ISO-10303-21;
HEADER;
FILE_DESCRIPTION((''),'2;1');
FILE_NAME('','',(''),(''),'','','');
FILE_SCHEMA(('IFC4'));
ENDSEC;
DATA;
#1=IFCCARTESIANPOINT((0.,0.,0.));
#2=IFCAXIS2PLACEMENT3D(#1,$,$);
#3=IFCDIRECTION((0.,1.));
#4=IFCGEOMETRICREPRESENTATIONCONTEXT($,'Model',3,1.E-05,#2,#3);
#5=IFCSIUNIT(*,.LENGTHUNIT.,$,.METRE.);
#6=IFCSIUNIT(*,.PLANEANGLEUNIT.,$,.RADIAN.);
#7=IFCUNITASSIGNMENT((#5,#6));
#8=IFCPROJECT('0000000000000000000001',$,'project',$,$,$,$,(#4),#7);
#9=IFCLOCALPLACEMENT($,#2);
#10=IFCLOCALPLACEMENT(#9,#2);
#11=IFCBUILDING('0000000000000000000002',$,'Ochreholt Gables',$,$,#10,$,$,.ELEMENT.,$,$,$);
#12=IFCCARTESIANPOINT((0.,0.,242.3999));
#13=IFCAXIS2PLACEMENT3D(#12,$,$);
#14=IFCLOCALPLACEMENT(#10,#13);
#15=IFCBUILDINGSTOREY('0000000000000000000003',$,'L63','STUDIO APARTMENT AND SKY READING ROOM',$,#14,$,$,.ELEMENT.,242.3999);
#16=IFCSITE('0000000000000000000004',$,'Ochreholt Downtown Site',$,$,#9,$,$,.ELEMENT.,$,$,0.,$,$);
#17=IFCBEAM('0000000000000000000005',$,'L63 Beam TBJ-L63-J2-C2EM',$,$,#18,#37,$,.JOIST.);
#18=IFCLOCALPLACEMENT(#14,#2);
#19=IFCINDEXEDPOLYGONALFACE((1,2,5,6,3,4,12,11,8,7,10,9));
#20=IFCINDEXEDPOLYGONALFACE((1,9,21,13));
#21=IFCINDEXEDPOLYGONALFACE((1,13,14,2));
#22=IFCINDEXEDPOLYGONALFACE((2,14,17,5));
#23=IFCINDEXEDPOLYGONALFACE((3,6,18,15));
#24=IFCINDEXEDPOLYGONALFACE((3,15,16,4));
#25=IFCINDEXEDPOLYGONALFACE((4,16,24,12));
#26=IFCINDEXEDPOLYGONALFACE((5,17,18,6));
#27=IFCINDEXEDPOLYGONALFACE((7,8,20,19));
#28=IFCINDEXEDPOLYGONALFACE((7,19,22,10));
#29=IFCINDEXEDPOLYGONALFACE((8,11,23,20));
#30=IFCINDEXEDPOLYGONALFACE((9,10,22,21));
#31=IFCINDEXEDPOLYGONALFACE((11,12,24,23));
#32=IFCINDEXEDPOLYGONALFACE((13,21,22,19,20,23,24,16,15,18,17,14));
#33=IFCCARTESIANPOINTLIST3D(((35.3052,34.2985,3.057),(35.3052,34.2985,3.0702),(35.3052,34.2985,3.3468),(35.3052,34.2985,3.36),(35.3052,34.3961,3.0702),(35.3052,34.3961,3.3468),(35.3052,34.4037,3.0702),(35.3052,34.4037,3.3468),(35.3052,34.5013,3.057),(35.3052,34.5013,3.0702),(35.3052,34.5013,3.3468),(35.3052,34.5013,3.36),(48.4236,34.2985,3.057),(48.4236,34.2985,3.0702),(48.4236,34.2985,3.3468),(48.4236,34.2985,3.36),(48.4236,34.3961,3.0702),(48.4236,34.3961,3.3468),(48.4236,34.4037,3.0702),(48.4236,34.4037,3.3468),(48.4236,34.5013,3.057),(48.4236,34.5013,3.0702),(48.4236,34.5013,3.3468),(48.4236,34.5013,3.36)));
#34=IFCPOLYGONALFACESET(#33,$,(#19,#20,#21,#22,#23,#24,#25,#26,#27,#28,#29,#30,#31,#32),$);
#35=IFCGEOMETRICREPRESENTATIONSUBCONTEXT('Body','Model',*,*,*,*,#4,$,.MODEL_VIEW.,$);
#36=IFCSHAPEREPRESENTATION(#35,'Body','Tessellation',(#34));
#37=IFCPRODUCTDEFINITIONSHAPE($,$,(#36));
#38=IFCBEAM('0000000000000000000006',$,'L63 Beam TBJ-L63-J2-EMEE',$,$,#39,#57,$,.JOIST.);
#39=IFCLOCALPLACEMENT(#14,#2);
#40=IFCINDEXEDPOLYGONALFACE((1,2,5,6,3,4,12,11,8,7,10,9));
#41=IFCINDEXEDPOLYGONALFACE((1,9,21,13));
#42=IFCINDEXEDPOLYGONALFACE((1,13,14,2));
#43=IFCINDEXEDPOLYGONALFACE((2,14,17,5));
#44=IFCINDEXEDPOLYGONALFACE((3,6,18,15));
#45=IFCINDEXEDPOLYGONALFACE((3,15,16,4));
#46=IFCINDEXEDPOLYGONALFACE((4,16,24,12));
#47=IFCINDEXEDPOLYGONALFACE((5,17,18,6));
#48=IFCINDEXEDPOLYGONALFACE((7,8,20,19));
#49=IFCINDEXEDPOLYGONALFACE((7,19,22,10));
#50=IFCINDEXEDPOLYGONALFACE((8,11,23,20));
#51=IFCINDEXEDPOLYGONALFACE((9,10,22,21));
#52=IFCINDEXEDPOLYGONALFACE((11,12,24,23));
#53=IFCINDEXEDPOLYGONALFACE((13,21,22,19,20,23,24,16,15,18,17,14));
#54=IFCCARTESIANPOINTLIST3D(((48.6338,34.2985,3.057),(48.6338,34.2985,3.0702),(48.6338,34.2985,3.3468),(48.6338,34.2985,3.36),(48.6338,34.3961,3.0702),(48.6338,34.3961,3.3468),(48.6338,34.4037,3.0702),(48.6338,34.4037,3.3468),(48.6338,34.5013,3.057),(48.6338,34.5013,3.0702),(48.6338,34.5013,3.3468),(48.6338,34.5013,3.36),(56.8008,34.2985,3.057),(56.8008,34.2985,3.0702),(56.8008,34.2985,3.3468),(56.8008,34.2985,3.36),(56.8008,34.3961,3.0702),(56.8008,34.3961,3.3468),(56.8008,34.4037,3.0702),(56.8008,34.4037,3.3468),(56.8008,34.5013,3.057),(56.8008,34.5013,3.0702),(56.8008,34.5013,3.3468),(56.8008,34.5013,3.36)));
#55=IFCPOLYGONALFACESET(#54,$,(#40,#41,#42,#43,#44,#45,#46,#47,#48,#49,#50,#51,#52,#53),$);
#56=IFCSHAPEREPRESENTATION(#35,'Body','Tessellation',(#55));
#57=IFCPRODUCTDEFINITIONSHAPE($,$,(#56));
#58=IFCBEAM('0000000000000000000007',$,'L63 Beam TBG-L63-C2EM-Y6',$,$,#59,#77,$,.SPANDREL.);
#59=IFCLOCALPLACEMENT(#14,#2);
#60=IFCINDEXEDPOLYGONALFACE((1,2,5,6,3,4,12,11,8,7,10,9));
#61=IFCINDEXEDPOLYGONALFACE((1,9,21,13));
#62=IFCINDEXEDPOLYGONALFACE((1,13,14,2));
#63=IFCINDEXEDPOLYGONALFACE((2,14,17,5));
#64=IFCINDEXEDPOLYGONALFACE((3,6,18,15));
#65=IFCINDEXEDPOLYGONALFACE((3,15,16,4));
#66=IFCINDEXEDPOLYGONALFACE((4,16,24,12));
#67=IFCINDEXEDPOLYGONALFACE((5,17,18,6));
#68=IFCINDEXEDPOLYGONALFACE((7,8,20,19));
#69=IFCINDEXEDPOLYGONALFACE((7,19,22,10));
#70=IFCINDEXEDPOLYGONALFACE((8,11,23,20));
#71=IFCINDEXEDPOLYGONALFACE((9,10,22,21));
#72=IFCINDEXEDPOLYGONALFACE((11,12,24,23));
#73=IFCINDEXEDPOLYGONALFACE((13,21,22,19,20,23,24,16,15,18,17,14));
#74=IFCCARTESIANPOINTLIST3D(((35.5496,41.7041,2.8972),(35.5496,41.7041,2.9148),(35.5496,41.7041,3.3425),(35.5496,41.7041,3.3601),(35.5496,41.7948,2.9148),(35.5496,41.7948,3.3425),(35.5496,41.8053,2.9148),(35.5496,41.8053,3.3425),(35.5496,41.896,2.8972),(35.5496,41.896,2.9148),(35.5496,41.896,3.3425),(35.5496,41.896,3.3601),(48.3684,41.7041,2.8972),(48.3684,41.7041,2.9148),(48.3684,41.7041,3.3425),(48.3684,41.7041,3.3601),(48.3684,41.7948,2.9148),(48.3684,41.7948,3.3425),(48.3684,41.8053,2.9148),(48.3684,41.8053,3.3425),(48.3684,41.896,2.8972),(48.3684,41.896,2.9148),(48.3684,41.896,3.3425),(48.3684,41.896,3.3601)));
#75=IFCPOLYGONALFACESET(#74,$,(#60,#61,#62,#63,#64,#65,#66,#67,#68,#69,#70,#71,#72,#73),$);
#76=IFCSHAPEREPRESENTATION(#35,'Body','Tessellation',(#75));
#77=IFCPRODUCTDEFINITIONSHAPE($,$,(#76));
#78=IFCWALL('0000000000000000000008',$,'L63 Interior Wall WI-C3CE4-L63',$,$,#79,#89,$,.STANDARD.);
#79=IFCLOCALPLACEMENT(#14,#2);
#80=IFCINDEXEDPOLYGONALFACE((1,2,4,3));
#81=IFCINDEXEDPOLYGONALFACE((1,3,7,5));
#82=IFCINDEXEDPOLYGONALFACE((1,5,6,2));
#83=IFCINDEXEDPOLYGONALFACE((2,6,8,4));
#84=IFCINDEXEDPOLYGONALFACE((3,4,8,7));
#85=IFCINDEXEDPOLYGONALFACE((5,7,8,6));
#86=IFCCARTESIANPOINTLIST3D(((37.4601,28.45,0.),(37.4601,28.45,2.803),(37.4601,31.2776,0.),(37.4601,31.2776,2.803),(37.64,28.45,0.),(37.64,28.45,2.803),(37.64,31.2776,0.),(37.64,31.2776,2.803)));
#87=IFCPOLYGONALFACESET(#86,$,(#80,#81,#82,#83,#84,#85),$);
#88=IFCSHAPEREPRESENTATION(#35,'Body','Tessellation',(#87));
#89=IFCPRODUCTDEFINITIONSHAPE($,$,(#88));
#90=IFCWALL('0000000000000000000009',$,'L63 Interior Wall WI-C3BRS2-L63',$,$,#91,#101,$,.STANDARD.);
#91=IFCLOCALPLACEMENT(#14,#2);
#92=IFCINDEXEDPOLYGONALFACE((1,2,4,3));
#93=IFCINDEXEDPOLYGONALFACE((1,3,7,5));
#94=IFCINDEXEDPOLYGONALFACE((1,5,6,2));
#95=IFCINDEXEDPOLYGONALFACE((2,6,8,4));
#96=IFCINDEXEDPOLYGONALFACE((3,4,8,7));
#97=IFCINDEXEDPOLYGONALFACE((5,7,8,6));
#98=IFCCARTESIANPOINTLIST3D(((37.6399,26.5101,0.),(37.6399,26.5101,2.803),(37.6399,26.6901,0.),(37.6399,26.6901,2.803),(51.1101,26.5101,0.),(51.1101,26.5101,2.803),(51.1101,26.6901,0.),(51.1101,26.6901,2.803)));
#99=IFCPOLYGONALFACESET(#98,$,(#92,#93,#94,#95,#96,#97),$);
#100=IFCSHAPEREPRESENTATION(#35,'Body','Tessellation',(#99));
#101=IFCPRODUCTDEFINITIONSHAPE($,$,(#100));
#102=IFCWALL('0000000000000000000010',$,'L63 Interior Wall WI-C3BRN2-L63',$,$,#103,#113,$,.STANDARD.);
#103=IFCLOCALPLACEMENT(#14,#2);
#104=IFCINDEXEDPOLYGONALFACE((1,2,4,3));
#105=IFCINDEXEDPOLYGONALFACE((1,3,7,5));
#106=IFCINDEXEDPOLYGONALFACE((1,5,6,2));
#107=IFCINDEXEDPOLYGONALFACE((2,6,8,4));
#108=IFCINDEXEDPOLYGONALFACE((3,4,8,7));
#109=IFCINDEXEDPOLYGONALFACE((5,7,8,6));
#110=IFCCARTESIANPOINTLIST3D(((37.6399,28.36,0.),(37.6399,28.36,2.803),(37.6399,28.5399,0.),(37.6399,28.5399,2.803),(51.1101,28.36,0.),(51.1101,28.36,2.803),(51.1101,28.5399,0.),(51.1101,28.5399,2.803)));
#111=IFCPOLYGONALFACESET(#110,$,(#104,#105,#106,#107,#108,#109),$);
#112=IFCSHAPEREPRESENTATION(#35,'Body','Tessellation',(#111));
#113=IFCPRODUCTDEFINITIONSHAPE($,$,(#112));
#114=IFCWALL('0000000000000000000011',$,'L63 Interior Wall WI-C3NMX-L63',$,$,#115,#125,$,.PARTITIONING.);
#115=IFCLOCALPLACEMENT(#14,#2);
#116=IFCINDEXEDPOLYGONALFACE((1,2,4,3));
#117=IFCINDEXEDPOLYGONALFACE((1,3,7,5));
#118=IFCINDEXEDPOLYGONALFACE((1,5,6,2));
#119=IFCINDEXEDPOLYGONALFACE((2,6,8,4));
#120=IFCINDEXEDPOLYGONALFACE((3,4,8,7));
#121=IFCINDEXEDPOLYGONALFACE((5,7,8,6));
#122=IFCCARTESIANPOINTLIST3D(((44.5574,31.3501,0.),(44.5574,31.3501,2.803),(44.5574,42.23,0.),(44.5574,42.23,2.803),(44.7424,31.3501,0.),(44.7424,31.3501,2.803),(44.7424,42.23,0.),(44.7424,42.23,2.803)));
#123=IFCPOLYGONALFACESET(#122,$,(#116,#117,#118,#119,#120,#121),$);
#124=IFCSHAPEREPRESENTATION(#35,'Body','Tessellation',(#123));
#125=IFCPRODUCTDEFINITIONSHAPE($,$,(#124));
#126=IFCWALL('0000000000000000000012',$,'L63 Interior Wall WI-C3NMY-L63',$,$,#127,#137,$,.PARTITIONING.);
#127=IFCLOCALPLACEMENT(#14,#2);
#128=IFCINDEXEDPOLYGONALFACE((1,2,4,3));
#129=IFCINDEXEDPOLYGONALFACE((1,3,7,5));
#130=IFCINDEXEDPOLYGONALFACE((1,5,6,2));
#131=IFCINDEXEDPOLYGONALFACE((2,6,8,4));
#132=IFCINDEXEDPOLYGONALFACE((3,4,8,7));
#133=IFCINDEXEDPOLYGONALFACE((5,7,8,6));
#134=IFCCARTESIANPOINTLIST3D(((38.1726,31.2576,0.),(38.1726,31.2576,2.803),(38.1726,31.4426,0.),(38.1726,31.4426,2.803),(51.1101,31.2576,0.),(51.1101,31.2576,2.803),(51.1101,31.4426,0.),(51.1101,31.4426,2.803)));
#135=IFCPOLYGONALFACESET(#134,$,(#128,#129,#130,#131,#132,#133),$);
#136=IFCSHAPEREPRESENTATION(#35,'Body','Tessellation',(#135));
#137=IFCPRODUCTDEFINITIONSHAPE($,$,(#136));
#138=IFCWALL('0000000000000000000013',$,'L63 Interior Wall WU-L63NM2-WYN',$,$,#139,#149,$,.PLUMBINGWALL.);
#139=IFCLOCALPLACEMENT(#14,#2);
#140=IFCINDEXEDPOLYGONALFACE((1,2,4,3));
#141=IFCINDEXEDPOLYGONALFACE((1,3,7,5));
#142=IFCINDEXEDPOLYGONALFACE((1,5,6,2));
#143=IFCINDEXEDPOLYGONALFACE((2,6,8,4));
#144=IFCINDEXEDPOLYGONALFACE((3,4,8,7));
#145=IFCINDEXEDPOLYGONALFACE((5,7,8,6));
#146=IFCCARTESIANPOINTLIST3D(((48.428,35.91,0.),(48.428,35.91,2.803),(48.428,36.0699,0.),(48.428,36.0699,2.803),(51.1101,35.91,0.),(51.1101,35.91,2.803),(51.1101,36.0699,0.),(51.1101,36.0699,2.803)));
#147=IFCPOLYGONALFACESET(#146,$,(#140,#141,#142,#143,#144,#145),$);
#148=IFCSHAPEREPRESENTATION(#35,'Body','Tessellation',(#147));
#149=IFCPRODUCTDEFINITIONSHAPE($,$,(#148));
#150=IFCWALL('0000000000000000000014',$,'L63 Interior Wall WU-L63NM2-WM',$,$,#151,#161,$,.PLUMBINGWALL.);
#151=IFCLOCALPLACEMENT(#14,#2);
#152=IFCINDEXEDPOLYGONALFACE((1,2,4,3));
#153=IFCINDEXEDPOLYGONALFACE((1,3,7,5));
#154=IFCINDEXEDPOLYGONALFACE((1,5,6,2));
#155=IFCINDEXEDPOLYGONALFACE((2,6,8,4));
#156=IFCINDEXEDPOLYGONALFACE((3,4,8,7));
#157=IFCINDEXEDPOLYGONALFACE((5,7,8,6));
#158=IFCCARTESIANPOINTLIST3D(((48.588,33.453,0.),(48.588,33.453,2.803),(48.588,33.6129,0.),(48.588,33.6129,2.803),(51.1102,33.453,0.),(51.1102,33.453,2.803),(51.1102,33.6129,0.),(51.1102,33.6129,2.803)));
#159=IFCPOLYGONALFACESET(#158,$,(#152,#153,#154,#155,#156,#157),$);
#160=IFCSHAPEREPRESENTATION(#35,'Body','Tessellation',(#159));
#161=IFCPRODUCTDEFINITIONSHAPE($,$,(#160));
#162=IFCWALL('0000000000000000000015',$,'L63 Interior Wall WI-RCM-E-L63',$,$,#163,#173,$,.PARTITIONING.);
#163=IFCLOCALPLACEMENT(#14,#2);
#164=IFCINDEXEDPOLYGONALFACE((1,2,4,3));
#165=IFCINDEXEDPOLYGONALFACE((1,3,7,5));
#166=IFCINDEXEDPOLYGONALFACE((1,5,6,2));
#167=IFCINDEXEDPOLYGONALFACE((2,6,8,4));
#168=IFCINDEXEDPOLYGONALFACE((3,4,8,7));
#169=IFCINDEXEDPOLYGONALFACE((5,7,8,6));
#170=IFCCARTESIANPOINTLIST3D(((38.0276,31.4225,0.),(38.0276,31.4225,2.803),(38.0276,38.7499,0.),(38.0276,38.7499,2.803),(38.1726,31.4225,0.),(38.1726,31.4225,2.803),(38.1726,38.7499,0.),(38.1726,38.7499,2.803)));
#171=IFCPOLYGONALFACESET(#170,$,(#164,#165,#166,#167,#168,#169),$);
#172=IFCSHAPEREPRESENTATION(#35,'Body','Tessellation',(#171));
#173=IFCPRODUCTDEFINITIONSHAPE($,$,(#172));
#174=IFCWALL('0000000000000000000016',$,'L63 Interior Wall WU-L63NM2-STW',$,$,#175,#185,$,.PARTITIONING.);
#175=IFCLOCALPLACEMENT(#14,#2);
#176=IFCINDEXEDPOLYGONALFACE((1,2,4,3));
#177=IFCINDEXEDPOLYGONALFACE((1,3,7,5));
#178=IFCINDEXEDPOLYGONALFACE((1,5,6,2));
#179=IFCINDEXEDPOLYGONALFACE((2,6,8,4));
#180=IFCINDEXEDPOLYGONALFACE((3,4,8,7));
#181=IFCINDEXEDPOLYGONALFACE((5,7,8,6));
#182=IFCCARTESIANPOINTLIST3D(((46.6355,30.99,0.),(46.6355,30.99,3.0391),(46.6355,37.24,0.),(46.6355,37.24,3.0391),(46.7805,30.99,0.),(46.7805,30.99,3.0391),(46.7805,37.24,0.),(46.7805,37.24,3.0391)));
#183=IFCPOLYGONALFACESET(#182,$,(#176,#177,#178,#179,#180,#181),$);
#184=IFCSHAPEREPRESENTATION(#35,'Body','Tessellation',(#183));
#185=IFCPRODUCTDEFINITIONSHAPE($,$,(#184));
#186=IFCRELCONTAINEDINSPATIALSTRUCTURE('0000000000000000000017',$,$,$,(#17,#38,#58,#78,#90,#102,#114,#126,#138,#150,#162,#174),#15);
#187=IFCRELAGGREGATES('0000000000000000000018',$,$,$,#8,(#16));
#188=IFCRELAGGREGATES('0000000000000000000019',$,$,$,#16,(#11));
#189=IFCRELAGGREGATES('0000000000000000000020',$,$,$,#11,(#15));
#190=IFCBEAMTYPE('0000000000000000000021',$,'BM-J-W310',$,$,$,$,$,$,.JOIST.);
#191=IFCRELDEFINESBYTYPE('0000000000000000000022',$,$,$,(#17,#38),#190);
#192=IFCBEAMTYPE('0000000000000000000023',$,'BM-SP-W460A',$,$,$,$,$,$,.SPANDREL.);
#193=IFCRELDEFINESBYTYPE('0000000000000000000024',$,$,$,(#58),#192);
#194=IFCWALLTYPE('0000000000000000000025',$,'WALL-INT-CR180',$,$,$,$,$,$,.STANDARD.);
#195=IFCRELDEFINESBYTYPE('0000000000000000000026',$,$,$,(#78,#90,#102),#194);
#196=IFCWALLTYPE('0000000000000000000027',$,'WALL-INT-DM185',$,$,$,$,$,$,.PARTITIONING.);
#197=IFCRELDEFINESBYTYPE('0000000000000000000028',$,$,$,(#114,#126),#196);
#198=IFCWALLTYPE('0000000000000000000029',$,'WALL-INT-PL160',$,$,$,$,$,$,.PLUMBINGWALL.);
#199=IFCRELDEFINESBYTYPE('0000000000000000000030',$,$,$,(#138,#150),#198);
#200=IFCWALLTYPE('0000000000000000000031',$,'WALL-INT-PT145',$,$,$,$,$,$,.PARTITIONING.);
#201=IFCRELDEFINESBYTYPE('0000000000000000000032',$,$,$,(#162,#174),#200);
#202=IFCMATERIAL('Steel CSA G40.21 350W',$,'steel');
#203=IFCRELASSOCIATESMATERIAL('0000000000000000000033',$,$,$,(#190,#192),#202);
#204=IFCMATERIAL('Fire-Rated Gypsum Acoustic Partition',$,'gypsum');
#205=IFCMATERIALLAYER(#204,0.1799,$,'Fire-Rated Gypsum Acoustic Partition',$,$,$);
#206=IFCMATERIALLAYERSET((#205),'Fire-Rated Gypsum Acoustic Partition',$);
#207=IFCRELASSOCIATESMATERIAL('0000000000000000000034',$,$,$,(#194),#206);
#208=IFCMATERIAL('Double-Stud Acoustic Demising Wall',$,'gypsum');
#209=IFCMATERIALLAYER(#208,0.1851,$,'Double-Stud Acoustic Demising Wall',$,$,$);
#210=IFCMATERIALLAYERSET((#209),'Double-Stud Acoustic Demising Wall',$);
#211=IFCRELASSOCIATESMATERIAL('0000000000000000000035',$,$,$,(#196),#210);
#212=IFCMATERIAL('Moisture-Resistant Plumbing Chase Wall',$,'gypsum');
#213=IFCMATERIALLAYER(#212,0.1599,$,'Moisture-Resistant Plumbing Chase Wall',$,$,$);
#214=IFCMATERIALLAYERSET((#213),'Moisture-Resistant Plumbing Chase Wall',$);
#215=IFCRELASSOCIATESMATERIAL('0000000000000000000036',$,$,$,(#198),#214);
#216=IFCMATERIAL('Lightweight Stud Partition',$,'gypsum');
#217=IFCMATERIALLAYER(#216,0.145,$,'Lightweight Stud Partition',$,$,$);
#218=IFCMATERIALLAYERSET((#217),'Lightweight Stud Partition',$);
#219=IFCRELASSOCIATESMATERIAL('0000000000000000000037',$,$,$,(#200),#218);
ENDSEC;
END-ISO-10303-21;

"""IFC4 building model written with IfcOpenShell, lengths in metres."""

from ifc_helpers import new_model, si_unit, direction, frame, frame_2d, origin, origin_2d, place, context, subcontext, project, spatial, rectangle, i_section, extrude, material, layer, layer_set, material_profile, profile_set, type_object, element, save


model = new_model("IFC4")

# Units and contexts
model_context = context("Model", 3, precision=1e-05, world=origin(), true_north=direction((0.0, 1.0)))
body_context = subcontext(model_context, "Body", "Model", "MODEL_VIEW")
ifc_project = project(units=[si_unit("LENGTHUNIT", "METRE"), si_unit("PLANEANGLEUNIT", "RADIAN")], contexts=[model_context])

# Site, building, storey
site_placement = place(None, origin())
site = spatial("IfcSite", under=ifc_project, at=site_placement, Name="Ochreholt Downtown Site", CompositionType="ELEMENT", RefElevation=0.0)
building_placement = place(site_placement, origin())
building = spatial("IfcBuilding", under=site, at=building_placement, Name="Ochreholt Gables", CompositionType="ELEMENT")
storey_placement = place(building_placement, frame((0.0, 0.0, 242.3999)))
storey = spatial("IfcBuildingStorey", under=building, at=storey_placement, Name="L63", Description="STUDIO APARTMENT AND SKY READING ROOM", CompositionType="ELEMENT", Elevation=242.3999)

# Shared definitions
ifc_material_1 = material(Name="Steel CSA G40.21 350W", Category="steel")

# Beams
ifc_material_profile_1 = material_profile(ifc_material_1, i_section(OverallWidth=0.2029, OverallDepth=0.303, WebThickness=0.0076, FlangeThickness=0.0132, at=origin_2d()), Name="W310X60")
ifc_profile_set_1 = profile_set([ifc_material_profile_1], Name="Steel CSA G40.21 350W")
beam_type_1 = type_object("IfcBeamType", Name="BM-J-W310", PredefinedType="JOIST", material=ifc_profile_set_1)
beam_1_placement = place(storey_placement, frame((35.3052, 34.3999, 3.2085), z_axis=(1.0, 0.0, 0.0), x_axis=(0.0, 1.0, 0.0)))
element("IfcBeam", 1, at=beam_1_placement, inside=storey, type_object=beam_type_1, Name="L63 Beam TBJ-L63-J2-C2EM", PredefinedType="JOIST", context=body_context, shape_type="SweptSolid", body=[
    extrude(i_section(OverallWidth=0.2029, OverallDepth=0.303, WebThickness=0.0076, FlangeThickness=0.0132, at=origin_2d()), origin(), (0.0, 0.0, 1.0), 13.1184),
])
beam_2_placement = place(storey_placement, frame((48.6338, 34.3999, 3.2085), z_axis=(1.0, 0.0, 0.0), x_axis=(0.0, 1.0, 0.0)))
element("IfcBeam", 2, at=beam_2_placement, inside=storey, type_object=beam_type_1, Name="L63 Beam TBJ-L63-J2-EMEE", PredefinedType="JOIST", context=body_context, shape_type="SweptSolid", body=[
    extrude(i_section(OverallWidth=0.2029, OverallDepth=0.303, WebThickness=0.0076, FlangeThickness=0.0132, at=origin_2d()), origin(), (0.0, 0.0, 1.0), 8.167),
])
ifc_material_profile_2 = material_profile(ifc_material_1, i_section(OverallWidth=0.1919, OverallDepth=0.4629, WebThickness=0.0105, FlangeThickness=0.0176, at=origin_2d()), Name="W460X89")
ifc_profile_set_2 = profile_set([ifc_material_profile_2], Name="Steel CSA G40.21 350W")
beam_type_2 = type_object("IfcBeamType", Name="BM-SP-W460A", PredefinedType="SPANDREL", material=ifc_profile_set_2)
beam_3_placement = place(storey_placement, frame((35.5496, 41.8, 3.1287), z_axis=(1.0, 0.0, 0.0), x_axis=(0.0, 1.0, 0.0)))
element("IfcBeam", 3, at=beam_3_placement, inside=storey, type_object=beam_type_2, Name="L63 Beam TBG-L63-C2EM-Y6", PredefinedType="SPANDREL", context=body_context, shape_type="SweptSolid", body=[
    extrude(i_section(OverallWidth=0.1919, OverallDepth=0.4629, WebThickness=0.0105, FlangeThickness=0.0176, at=origin_2d()), origin(), (0.0, 0.0, 1.0), 12.8188),
])

# Walls
ifc_material_2 = material(Name="Fire-Rated Gypsum Acoustic Partition", Category="gypsum")
ifc_layer_1 = layer(ifc_material_2, 0.1799, Name="Fire-Rated Gypsum Acoustic Partition")
ifc_layer_set_1 = layer_set([ifc_layer_1], Name="Fire-Rated Gypsum Acoustic Partition")
wall_type_1 = type_object("IfcWallType", Name="WALL-INT-CR180", PredefinedType="STANDARD", material=ifc_layer_set_1)
wall_1_placement = place(storey_placement, frame((37.55, 28.45, 0.0), z_axis=(0.0, 0.0, 1.0), x_axis=(0.0, 1.0, 0.0)))
element("IfcWall", 4, at=wall_1_placement, inside=storey, type_object=wall_type_1, Name="L63 Interior Wall WI-C3CE4-L63", PredefinedType="STANDARD", context=body_context, shape_type="SweptSolid", body=[
    extrude(rectangle(XDim=2.8276, YDim=0.1799, at=frame_2d((1.4138, 0.0))), origin(), (0.0, 0.0, 1.0), 2.803),
])
for number, where, z_axis, x_axis, name in (
    (5, (37.6399, 26.6001, 0.0), (0.0, 0.0, 1.0), (1.0, 0.0, 0.0), "L63 Interior Wall WI-C3BRS2-L63"),
    (6, (37.6399, 28.45, 0.0), (0.0, 0.0, 1.0), (1.0, 0.0, 0.0), "L63 Interior Wall WI-C3BRN2-L63"),
):
    element("IfcWall", number, at=place(storey_placement, frame(where, z_axis=z_axis, x_axis=x_axis)), inside=storey, type_object=wall_type_1, Name=name, PredefinedType="STANDARD", context=body_context, shape_type="SweptSolid", body=[
        extrude(rectangle(XDim=13.4702, YDim=0.1799, at=frame_2d((6.7351, 0.0))), origin(), (0.0, 0.0, 1.0), 2.803),
    ])
ifc_material_3 = material(Name="Double-Stud Acoustic Demising Wall", Category="gypsum")
ifc_layer_2 = layer(ifc_material_3, 0.1851, Name="Double-Stud Acoustic Demising Wall")
ifc_layer_set_2 = layer_set([ifc_layer_2], Name="Double-Stud Acoustic Demising Wall")
wall_type_2 = type_object("IfcWallType", Name="WALL-INT-DM185", PredefinedType="PARTITIONING", material=ifc_layer_set_2)
wall_2_placement = place(storey_placement, frame((44.6499, 31.3501, 0.0), z_axis=(0.0, 0.0, 1.0), x_axis=(0.0, 1.0, 0.0)))
element("IfcWall", 7, at=wall_2_placement, inside=storey, type_object=wall_type_2, Name="L63 Interior Wall WI-C3NMX-L63", PredefinedType="PARTITIONING", context=body_context, shape_type="SweptSolid", body=[
    extrude(rectangle(XDim=10.8799, YDim=0.1851, at=frame_2d((5.4399, 0.0))), origin(), (0.0, 0.0, 1.0), 2.803),
])
wall_3_placement = place(storey_placement, frame((38.1726, 31.3501, 0.0), z_axis=(0.0, 0.0, 1.0), x_axis=(1.0, 0.0, 0.0)))
element("IfcWall", 8, at=wall_3_placement, inside=storey, type_object=wall_type_2, Name="L63 Interior Wall WI-C3NMY-L63", PredefinedType="PARTITIONING", context=body_context, shape_type="SweptSolid", body=[
    extrude(rectangle(XDim=12.9375, YDim=0.1851, at=frame_2d((6.4688, 0.0))), origin(), (0.0, 0.0, 1.0), 2.803),
])

# Shared definitions
ifc_material_4 = material(Name="Moisture-Resistant Plumbing Chase Wall", Category="gypsum")
ifc_layer_3 = layer(ifc_material_4, 0.1599, Name="Moisture-Resistant Plumbing Chase Wall")
ifc_layer_set_3 = layer_set([ifc_layer_3], Name="Moisture-Resistant Plumbing Chase Wall")
wall_type_3 = type_object("IfcWallType", Name="WALL-INT-PL160", PredefinedType="PLUMBINGWALL", material=ifc_layer_set_3)

# Wall
wall_4_placement = place(storey_placement, frame((48.428, 35.99, 0.0), z_axis=(0.0, 0.0, 1.0), x_axis=(1.0, 0.0, 0.0)))
element("IfcWall", 9, at=wall_4_placement, inside=storey, type_object=wall_type_3, Name="L63 Interior Wall WU-L63NM2-WYN", PredefinedType="PLUMBINGWALL", context=body_context, shape_type="SweptSolid", body=[
    extrude(rectangle(XDim=2.6821, YDim=0.1599, at=frame_2d((1.3411, 0.0))), origin(), (0.0, 0.0, 1.0), 2.803),
])

# Walls
wall_5_placement = place(storey_placement, frame((48.5879, 33.533, 0.0), z_axis=(0.0, 0.0, 1.0), x_axis=(1.0, 0.0, 0.0)))
element("IfcWall", 10, at=wall_5_placement, inside=storey, type_object=wall_type_3, Name="L63 Interior Wall WU-L63NM2-WM", PredefinedType="PLUMBINGWALL", context=body_context, shape_type="SweptSolid", body=[
    extrude(rectangle(XDim=2.5222, YDim=0.1599, at=frame_2d((1.2612, 0.0))), origin(), (0.0, 0.0, 1.0), 2.803),
])
ifc_material_5 = material(Name="Lightweight Stud Partition", Category="gypsum")
ifc_layer_4 = layer(ifc_material_5, 0.145, Name="Lightweight Stud Partition")
ifc_layer_set_4 = layer_set([ifc_layer_4], Name="Lightweight Stud Partition")
wall_type_4 = type_object("IfcWallType", Name="WALL-INT-PT145", PredefinedType="PARTITIONING", material=ifc_layer_set_4)
wall_6_placement = place(storey_placement, frame((38.1001, 31.4226, 0.0), z_axis=(0.0, 0.0, 1.0), x_axis=(0.0, 1.0, 0.0)))
element("IfcWall", 11, at=wall_6_placement, inside=storey, type_object=wall_type_4, Name="L63 Interior Wall WI-RCM-E-L63", PredefinedType="PARTITIONING", context=body_context, shape_type="SweptSolid", body=[
    extrude(rectangle(XDim=7.3274, YDim=0.145, at=frame_2d((3.6636, 0.0))), origin(), (0.0, 0.0, 1.0), 2.803),
])
wall_7_placement = place(storey_placement, frame((46.708, 30.99, 0.0), z_axis=(0.0, 0.0, 1.0), x_axis=(0.0, 1.0, 0.0)))
element("IfcWall", 12, at=wall_7_placement, inside=storey, type_object=wall_type_4, Name="L63 Interior Wall WU-L63NM2-STW", PredefinedType="PARTITIONING", context=body_context, shape_type="SweptSolid", body=[
    extrude(rectangle(XDim=6.25, YDim=0.145, at=frame_2d((3.125, 0.0))), origin(), (0.0, 0.0, 1.0), 3.0391),
])

save(model, "model.ifc")
